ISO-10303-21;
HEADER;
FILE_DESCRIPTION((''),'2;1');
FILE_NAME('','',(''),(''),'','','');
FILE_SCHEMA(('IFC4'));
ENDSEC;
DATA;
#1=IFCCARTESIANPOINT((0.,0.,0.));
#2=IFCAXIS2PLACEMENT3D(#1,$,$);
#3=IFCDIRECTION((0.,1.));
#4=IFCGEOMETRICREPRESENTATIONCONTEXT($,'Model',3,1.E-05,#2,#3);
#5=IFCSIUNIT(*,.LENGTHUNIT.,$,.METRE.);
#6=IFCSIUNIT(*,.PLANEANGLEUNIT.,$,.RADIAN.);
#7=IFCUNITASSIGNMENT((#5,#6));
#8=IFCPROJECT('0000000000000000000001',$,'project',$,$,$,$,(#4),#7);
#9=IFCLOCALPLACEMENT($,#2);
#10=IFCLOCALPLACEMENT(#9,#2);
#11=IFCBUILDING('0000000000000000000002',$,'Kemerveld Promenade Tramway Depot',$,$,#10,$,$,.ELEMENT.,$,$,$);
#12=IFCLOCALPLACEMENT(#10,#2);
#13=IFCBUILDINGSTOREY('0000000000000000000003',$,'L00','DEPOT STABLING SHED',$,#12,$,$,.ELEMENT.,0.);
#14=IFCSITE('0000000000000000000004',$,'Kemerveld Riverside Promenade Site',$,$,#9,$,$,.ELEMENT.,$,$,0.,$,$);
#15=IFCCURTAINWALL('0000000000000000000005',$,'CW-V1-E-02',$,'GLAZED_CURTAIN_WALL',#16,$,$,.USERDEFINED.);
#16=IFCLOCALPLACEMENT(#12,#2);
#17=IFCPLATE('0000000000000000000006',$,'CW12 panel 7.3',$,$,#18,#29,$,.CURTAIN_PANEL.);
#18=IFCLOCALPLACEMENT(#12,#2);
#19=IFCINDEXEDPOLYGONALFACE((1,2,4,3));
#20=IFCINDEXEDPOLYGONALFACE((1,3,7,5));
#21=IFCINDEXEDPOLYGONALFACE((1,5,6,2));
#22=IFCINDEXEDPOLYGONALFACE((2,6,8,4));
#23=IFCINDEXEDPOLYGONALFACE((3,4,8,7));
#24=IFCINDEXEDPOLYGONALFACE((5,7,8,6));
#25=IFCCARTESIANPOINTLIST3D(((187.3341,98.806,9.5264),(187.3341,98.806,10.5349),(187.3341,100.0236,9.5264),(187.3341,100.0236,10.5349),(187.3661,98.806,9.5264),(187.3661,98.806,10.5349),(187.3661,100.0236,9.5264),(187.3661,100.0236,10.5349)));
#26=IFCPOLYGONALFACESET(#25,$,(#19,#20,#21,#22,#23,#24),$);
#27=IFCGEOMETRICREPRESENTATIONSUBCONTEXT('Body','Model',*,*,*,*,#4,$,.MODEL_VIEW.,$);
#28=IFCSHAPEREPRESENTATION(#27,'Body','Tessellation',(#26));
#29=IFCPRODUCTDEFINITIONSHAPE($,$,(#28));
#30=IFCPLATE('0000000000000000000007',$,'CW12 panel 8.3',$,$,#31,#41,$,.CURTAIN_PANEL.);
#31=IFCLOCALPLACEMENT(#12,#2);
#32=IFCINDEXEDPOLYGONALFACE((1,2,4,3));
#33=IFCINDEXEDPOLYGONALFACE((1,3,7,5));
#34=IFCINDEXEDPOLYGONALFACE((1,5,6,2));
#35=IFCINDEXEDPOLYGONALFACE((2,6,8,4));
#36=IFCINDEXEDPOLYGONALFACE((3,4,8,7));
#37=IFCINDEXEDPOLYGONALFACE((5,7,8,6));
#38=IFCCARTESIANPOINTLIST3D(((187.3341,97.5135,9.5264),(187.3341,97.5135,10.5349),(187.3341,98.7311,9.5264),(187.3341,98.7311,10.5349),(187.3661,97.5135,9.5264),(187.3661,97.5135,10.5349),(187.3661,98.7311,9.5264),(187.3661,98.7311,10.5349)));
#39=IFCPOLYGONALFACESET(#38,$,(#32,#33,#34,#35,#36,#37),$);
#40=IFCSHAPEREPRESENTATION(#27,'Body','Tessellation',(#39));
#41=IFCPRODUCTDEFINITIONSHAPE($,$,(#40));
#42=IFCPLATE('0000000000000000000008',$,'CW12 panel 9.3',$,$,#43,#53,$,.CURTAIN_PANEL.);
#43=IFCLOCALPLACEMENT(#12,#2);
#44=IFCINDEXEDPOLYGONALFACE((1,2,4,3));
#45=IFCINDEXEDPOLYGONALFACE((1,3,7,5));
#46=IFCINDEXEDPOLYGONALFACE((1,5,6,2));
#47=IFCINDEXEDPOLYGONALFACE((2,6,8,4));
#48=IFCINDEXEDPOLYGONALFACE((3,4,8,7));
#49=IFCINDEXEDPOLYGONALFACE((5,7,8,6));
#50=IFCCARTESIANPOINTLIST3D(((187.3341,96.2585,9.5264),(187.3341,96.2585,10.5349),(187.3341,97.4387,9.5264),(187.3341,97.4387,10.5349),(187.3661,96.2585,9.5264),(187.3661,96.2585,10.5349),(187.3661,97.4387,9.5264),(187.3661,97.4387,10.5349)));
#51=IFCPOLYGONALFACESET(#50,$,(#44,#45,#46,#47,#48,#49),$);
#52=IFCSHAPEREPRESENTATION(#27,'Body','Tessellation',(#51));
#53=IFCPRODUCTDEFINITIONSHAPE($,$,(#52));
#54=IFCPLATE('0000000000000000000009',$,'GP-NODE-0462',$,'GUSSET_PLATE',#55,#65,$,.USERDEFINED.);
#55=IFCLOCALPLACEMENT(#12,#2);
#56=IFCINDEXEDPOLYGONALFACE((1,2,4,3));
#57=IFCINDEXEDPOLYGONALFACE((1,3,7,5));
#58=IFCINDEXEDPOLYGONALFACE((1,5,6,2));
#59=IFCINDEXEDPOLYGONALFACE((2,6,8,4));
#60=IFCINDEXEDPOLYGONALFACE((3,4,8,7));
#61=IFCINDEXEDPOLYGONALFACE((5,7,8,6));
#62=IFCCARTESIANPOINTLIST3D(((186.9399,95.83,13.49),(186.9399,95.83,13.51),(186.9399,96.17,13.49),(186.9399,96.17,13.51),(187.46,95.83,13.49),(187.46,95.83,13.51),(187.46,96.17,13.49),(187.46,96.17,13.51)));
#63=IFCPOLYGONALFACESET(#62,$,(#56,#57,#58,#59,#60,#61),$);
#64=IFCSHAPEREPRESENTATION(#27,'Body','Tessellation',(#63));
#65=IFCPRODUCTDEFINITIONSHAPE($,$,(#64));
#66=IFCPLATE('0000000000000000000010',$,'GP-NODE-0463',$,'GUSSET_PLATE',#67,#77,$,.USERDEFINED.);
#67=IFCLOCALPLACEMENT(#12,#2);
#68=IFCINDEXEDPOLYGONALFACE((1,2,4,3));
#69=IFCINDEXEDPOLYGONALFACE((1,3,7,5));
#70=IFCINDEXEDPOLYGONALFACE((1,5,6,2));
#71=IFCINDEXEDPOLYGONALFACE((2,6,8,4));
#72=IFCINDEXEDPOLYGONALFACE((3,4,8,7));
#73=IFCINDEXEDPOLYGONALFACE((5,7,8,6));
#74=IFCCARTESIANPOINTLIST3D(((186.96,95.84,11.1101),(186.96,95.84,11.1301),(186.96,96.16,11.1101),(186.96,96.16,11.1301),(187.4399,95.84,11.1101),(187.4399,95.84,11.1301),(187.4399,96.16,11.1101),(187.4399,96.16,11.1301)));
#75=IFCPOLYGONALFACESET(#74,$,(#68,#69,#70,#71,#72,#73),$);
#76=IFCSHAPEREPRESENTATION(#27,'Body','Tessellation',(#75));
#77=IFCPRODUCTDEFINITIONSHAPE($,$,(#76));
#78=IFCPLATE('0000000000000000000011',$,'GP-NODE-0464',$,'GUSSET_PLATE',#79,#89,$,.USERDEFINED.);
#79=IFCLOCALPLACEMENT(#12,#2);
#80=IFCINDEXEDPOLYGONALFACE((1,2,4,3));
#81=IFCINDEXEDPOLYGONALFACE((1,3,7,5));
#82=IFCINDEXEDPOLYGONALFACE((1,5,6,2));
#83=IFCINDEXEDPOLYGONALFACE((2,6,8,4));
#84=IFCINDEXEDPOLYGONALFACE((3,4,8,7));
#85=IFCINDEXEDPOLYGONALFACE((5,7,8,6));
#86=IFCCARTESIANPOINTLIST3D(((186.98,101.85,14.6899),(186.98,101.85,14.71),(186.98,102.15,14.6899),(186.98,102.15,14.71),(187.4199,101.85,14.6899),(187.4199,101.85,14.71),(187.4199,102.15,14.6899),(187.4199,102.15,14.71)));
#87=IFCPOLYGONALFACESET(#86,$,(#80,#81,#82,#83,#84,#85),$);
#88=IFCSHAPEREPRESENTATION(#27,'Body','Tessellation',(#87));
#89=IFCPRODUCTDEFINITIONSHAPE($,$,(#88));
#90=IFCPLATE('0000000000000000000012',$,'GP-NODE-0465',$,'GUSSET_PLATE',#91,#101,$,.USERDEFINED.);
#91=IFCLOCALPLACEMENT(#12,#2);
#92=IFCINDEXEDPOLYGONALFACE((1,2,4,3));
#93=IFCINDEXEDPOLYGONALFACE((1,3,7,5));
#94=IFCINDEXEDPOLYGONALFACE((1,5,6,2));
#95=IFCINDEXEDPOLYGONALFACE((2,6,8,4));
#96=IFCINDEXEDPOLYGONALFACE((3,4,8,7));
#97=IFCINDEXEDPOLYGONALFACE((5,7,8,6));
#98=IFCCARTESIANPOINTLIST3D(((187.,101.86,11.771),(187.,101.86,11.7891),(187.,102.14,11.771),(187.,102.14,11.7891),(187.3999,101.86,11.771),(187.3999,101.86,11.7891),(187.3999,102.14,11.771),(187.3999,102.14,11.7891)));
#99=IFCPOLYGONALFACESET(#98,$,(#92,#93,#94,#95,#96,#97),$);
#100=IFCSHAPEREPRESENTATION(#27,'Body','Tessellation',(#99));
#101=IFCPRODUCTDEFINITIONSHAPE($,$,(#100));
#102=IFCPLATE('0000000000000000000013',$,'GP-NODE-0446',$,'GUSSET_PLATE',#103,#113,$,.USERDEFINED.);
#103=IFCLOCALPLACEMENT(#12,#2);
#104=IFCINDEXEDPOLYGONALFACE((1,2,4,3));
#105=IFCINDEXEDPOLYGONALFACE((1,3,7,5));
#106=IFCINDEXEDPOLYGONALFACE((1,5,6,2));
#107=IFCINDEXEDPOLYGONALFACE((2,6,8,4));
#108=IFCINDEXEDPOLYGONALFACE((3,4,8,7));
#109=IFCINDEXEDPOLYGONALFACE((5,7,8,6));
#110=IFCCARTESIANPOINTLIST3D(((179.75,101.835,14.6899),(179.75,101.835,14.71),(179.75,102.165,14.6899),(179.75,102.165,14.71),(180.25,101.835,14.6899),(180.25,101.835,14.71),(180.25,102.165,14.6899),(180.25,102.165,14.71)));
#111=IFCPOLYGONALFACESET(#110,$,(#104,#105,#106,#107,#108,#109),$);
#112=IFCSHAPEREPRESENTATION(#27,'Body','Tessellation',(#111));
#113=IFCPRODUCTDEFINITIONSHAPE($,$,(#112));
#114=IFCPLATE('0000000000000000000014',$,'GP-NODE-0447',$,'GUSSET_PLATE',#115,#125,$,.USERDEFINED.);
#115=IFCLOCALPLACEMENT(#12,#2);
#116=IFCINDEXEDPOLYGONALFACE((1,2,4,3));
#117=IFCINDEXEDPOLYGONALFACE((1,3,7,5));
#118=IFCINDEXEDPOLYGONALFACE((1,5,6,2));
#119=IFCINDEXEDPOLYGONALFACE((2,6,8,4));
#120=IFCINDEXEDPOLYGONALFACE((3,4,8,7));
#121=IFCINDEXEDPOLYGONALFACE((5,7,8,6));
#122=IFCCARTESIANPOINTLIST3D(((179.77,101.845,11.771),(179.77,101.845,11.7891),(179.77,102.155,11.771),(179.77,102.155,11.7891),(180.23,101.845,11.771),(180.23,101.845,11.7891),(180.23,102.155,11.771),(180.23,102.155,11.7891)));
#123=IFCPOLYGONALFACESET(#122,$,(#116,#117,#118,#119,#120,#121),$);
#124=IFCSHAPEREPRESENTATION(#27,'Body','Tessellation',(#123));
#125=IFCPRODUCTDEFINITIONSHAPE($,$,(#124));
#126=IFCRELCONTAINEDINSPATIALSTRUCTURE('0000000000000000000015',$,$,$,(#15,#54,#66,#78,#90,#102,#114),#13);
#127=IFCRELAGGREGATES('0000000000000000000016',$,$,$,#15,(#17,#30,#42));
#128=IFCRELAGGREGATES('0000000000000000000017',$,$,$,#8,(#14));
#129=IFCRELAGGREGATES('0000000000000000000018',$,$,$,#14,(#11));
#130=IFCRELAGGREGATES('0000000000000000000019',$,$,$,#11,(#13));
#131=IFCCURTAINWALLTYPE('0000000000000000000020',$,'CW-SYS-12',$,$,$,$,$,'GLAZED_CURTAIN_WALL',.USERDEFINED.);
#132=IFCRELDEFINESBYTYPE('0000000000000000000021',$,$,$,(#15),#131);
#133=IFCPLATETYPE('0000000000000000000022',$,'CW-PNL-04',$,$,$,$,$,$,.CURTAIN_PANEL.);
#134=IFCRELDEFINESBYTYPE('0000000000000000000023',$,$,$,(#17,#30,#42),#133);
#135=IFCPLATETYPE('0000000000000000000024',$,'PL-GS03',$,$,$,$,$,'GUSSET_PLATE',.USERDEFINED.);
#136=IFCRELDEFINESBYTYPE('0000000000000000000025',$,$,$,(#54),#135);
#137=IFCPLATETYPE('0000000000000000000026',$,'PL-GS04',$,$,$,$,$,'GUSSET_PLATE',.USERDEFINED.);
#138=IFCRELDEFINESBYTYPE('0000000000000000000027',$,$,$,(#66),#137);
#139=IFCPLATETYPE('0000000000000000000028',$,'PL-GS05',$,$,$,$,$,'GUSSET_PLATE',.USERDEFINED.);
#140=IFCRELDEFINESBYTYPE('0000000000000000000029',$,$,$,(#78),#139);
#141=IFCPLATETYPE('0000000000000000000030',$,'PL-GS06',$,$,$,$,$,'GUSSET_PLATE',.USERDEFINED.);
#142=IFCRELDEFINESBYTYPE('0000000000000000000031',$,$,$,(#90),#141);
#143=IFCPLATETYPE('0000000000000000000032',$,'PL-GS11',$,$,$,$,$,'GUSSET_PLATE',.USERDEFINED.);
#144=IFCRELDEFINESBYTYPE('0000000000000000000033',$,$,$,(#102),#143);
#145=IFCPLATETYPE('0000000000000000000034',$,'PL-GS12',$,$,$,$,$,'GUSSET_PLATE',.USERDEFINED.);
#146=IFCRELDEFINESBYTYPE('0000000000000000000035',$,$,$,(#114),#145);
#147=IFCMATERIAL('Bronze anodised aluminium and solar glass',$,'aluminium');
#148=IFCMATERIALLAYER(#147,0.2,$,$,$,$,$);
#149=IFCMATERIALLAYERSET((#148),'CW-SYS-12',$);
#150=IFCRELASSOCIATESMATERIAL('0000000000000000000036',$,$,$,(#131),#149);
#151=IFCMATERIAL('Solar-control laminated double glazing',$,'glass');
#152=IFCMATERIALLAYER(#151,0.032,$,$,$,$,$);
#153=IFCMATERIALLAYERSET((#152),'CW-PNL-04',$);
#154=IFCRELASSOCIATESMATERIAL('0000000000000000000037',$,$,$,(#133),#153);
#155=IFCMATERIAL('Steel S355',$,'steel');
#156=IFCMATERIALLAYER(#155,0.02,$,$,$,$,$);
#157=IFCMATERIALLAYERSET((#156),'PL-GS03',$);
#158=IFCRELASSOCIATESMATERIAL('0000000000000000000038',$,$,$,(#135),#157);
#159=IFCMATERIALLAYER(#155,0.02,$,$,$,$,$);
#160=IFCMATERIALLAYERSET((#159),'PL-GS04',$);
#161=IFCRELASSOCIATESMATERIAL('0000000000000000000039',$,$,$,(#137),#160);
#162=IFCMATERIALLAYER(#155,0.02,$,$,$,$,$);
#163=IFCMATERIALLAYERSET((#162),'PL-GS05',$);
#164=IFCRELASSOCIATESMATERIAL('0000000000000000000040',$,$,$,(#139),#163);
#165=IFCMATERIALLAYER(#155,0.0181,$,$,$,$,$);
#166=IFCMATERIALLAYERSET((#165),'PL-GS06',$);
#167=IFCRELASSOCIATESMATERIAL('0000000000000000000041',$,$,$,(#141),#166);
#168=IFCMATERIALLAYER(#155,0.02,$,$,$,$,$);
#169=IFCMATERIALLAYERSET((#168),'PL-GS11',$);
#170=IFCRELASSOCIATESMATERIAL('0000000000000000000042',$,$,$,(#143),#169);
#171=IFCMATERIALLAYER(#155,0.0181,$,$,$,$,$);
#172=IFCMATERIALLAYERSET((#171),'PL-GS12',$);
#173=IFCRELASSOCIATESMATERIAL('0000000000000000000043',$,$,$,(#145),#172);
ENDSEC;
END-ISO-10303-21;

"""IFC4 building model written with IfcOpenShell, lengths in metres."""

from ifc_helpers import new_model, si_unit, direction, frame, origin, origin_2d, place, context, subcontext, project, spatial, rectangle, extrude, material, layer, layer_set, type_object, element, aggregate, save


model = new_model("IFC4")

# Units and contexts
model_context = context("Model", 3, precision=1e-05, world=origin(), true_north=direction((0.0, 1.0)))
body_context = subcontext(model_context, "Body", "Model", "MODEL_VIEW")
ifc_project = project(units=[si_unit("LENGTHUNIT", "METRE"), si_unit("PLANEANGLEUNIT", "RADIAN")], contexts=[model_context])

# Site, building, storey
site_placement = place(None, origin())
site = spatial("IfcSite", under=ifc_project, at=site_placement, Name="Kemerveld Riverside Promenade Site", CompositionType="ELEMENT", RefElevation=0.0)
building_placement = place(site_placement, origin())
building = spatial("IfcBuilding", under=site, at=building_placement, Name="Kemerveld Promenade Tramway Depot", CompositionType="ELEMENT")
storey_placement = place(building_placement, origin())
storey = spatial("IfcBuildingStorey", under=building, at=storey_placement, Name="L00", Description="DEPOT STABLING SHED", CompositionType="ELEMENT", Elevation=0.0)

# Curtain wall
ifc_material_1 = material(Name="Bronze anodised aluminium and solar glass", Category="aluminium")
ifc_layer_1 = layer(ifc_material_1, 0.2)
ifc_layer_set_1 = layer_set([ifc_layer_1], Name="CW-SYS-12")
curtain_wall_type = type_object("IfcCurtainWallType", Name="CW-SYS-12", ElementType="GLAZED_CURTAIN_WALL", PredefinedType="USERDEFINED", material=ifc_layer_set_1)
curtain_wall_placement = place(storey_placement, origin())
curtain_wall = element("IfcCurtainWall", 1, at=curtain_wall_placement, inside=storey, type_object=curtain_wall_type, Name="CW-V1-E-02", ObjectType="GLAZED_CURTAIN_WALL", PredefinedType="USERDEFINED")

# Shared definitions
ifc_material_2 = material(Name="Steel S355", Category="steel")

# Plates
ifc_material_3 = material(Name="Solar-control laminated double glazing", Category="glass")
ifc_layer_2 = layer(ifc_material_3, 0.032)
ifc_layer_set_2 = layer_set([ifc_layer_2], Name="CW-PNL-04")
plate_type_1 = type_object("IfcPlateType", Name="CW-PNL-04", PredefinedType="CURTAIN_PANEL", material=ifc_layer_set_2)
plate_1_placement = place(storey_placement, frame((187.3501, 99.4148, 9.5264), z_axis=(0.0, 0.0, 1.0), x_axis=(0.0, -1.0, 0.0)))
plate_1 = element("IfcPlate", 2, at=plate_1_placement, type_object=plate_type_1, Name="CW12 panel 7.3", PredefinedType="CURTAIN_PANEL", context=body_context, shape_type="SweptSolid", body=[
    extrude(rectangle(XDim=1.2175, YDim=0.032, at=origin_2d()), origin(), (0.0, 0.0, 1.0), 1.0085),
])
plate_2_placement = place(storey_placement, frame((187.3501, 98.1223, 9.5264), z_axis=(0.0, 0.0, 1.0), x_axis=(0.0, -1.0, 0.0)))
plate_2 = element("IfcPlate", 3, at=plate_2_placement, type_object=plate_type_1, Name="CW12 panel 8.3", PredefinedType="CURTAIN_PANEL", context=body_context, shape_type="SweptSolid", body=[
    extrude(rectangle(XDim=1.2175, YDim=0.032, at=origin_2d()), origin(), (0.0, 0.0, 1.0), 1.0085),
])
plate_3_placement = place(storey_placement, frame((187.3501, 96.8486, 9.5264), z_axis=(0.0, 0.0, 1.0), x_axis=(0.0, -1.0, 0.0)))
plate_3 = element("IfcPlate", 4, at=plate_3_placement, type_object=plate_type_1, Name="CW12 panel 9.3", PredefinedType="CURTAIN_PANEL", context=body_context, shape_type="SweptSolid", body=[
    extrude(rectangle(XDim=1.1802, YDim=0.032, at=origin_2d()), origin(), (0.0, 0.0, 1.0), 1.0085),
])
aggregate(curtain_wall, [plate_1, plate_2, plate_3])

# Plates
ifc_layer_3 = layer(ifc_material_2, 0.02)
ifc_layer_set_3 = layer_set([ifc_layer_3], Name="PL-GS03")
plate_type_2 = type_object("IfcPlateType", Name="PL-GS03", ElementType="GUSSET_PLATE", PredefinedType="USERDEFINED", material=ifc_layer_set_3)
plate_4_placement = place(storey_placement, frame((187.2, 96.0, 13.49), z_axis=(0.0, 0.0, 1.0), x_axis=(1.0, 0.0, 0.0)))
element("IfcPlate", 5, at=plate_4_placement, inside=storey, type_object=plate_type_2, Name="GP-NODE-0462", ObjectType="GUSSET_PLATE", PredefinedType="USERDEFINED", context=body_context, shape_type="SweptSolid", body=[
    extrude(rectangle(XDim=0.52, YDim=0.3401, at=origin_2d()), origin(), (0.0, 0.0, 1.0), 0.02),
])
ifc_layer_4 = layer(ifc_material_2, 0.02)
ifc_layer_set_4 = layer_set([ifc_layer_4], Name="PL-GS04")
plate_type_3 = type_object("IfcPlateType", Name="PL-GS04", ElementType="GUSSET_PLATE", PredefinedType="USERDEFINED", material=ifc_layer_set_4)
plate_5_placement = place(storey_placement, frame((187.2, 96.0, 11.1101), z_axis=(0.0, 0.0, 1.0), x_axis=(1.0, 0.0, 0.0)))
element("IfcPlate", 6, at=plate_5_placement, inside=storey, type_object=plate_type_3, Name="GP-NODE-0463", ObjectType="GUSSET_PLATE", PredefinedType="USERDEFINED", context=body_context, shape_type="SweptSolid", body=[
    extrude(rectangle(XDim=0.48, YDim=0.3201, at=origin_2d()), origin(), (0.0, 0.0, 1.0), 0.02),
])
ifc_layer_5 = layer(ifc_material_2, 0.02)
ifc_layer_set_5 = layer_set([ifc_layer_5], Name="PL-GS05")
plate_type_4 = type_object("IfcPlateType", Name="PL-GS05", ElementType="GUSSET_PLATE", PredefinedType="USERDEFINED", material=ifc_layer_set_5)
plate_6_placement = place(storey_placement, frame((187.2, 102.0, 14.6899), z_axis=(0.0, 0.0, 1.0), x_axis=(1.0, 0.0, 0.0)))
element("IfcPlate", 7, at=plate_6_placement, inside=storey, type_object=plate_type_4, Name="GP-NODE-0464", ObjectType="GUSSET_PLATE", PredefinedType="USERDEFINED", context=body_context, shape_type="SweptSolid", body=[
    extrude(rectangle(XDim=0.4399, YDim=0.3, at=origin_2d()), origin(), (0.0, 0.0, 1.0), 0.02),
])
ifc_layer_6 = layer(ifc_material_2, 0.0181)
ifc_layer_set_6 = layer_set([ifc_layer_6], Name="PL-GS06")
plate_type_5 = type_object("IfcPlateType", Name="PL-GS06", ElementType="GUSSET_PLATE", PredefinedType="USERDEFINED", material=ifc_layer_set_6)
plate_7_placement = place(storey_placement, frame((187.2, 102.0, 11.771), z_axis=(0.0, 0.0, 1.0), x_axis=(1.0, 0.0, 0.0)))
element("IfcPlate", 8, at=plate_7_placement, inside=storey, type_object=plate_type_5, Name="GP-NODE-0465", ObjectType="GUSSET_PLATE", PredefinedType="USERDEFINED", context=body_context, shape_type="SweptSolid", body=[
    extrude(rectangle(XDim=0.3999, YDim=0.28, at=origin_2d()), origin(), (0.0, 0.0, 1.0), 0.0181),
])
ifc_layer_7 = layer(ifc_material_2, 0.02)
ifc_layer_set_7 = layer_set([ifc_layer_7], Name="PL-GS11")
plate_type_6 = type_object("IfcPlateType", Name="PL-GS11", ElementType="GUSSET_PLATE", PredefinedType="USERDEFINED", material=ifc_layer_set_7)
plate_8_placement = place(storey_placement, frame((180.0, 102.0, 14.6899), z_axis=(0.0, 0.0, 1.0), x_axis=(1.0, 0.0, 0.0)))
element("IfcPlate", 9, at=plate_8_placement, inside=storey, type_object=plate_type_6, Name="GP-NODE-0446", ObjectType="GUSSET_PLATE", PredefinedType="USERDEFINED", context=body_context, shape_type="SweptSolid", body=[
    extrude(rectangle(XDim=0.5, YDim=0.3301, at=origin_2d()), origin(), (0.0, 0.0, 1.0), 0.02),
])
ifc_layer_8 = layer(ifc_material_2, 0.0181)
ifc_layer_set_8 = layer_set([ifc_layer_8], Name="PL-GS12")
plate_type_7 = type_object("IfcPlateType", Name="PL-GS12", ElementType="GUSSET_PLATE", PredefinedType="USERDEFINED", material=ifc_layer_set_8)
plate_9_placement = place(storey_placement, frame((180.0, 102.0, 11.771), z_axis=(0.0, 0.0, 1.0), x_axis=(1.0, 0.0, 0.0)))
element("IfcPlate", 10, at=plate_9_placement, inside=storey, type_object=plate_type_7, Name="GP-NODE-0447", ObjectType="GUSSET_PLATE", PredefinedType="USERDEFINED", context=body_context, shape_type="SweptSolid", body=[
    extrude(rectangle(XDim=0.46, YDim=0.3101, at=origin_2d()), origin(), (0.0, 0.0, 1.0), 0.0181),
])

save(model, "model.ifc")
